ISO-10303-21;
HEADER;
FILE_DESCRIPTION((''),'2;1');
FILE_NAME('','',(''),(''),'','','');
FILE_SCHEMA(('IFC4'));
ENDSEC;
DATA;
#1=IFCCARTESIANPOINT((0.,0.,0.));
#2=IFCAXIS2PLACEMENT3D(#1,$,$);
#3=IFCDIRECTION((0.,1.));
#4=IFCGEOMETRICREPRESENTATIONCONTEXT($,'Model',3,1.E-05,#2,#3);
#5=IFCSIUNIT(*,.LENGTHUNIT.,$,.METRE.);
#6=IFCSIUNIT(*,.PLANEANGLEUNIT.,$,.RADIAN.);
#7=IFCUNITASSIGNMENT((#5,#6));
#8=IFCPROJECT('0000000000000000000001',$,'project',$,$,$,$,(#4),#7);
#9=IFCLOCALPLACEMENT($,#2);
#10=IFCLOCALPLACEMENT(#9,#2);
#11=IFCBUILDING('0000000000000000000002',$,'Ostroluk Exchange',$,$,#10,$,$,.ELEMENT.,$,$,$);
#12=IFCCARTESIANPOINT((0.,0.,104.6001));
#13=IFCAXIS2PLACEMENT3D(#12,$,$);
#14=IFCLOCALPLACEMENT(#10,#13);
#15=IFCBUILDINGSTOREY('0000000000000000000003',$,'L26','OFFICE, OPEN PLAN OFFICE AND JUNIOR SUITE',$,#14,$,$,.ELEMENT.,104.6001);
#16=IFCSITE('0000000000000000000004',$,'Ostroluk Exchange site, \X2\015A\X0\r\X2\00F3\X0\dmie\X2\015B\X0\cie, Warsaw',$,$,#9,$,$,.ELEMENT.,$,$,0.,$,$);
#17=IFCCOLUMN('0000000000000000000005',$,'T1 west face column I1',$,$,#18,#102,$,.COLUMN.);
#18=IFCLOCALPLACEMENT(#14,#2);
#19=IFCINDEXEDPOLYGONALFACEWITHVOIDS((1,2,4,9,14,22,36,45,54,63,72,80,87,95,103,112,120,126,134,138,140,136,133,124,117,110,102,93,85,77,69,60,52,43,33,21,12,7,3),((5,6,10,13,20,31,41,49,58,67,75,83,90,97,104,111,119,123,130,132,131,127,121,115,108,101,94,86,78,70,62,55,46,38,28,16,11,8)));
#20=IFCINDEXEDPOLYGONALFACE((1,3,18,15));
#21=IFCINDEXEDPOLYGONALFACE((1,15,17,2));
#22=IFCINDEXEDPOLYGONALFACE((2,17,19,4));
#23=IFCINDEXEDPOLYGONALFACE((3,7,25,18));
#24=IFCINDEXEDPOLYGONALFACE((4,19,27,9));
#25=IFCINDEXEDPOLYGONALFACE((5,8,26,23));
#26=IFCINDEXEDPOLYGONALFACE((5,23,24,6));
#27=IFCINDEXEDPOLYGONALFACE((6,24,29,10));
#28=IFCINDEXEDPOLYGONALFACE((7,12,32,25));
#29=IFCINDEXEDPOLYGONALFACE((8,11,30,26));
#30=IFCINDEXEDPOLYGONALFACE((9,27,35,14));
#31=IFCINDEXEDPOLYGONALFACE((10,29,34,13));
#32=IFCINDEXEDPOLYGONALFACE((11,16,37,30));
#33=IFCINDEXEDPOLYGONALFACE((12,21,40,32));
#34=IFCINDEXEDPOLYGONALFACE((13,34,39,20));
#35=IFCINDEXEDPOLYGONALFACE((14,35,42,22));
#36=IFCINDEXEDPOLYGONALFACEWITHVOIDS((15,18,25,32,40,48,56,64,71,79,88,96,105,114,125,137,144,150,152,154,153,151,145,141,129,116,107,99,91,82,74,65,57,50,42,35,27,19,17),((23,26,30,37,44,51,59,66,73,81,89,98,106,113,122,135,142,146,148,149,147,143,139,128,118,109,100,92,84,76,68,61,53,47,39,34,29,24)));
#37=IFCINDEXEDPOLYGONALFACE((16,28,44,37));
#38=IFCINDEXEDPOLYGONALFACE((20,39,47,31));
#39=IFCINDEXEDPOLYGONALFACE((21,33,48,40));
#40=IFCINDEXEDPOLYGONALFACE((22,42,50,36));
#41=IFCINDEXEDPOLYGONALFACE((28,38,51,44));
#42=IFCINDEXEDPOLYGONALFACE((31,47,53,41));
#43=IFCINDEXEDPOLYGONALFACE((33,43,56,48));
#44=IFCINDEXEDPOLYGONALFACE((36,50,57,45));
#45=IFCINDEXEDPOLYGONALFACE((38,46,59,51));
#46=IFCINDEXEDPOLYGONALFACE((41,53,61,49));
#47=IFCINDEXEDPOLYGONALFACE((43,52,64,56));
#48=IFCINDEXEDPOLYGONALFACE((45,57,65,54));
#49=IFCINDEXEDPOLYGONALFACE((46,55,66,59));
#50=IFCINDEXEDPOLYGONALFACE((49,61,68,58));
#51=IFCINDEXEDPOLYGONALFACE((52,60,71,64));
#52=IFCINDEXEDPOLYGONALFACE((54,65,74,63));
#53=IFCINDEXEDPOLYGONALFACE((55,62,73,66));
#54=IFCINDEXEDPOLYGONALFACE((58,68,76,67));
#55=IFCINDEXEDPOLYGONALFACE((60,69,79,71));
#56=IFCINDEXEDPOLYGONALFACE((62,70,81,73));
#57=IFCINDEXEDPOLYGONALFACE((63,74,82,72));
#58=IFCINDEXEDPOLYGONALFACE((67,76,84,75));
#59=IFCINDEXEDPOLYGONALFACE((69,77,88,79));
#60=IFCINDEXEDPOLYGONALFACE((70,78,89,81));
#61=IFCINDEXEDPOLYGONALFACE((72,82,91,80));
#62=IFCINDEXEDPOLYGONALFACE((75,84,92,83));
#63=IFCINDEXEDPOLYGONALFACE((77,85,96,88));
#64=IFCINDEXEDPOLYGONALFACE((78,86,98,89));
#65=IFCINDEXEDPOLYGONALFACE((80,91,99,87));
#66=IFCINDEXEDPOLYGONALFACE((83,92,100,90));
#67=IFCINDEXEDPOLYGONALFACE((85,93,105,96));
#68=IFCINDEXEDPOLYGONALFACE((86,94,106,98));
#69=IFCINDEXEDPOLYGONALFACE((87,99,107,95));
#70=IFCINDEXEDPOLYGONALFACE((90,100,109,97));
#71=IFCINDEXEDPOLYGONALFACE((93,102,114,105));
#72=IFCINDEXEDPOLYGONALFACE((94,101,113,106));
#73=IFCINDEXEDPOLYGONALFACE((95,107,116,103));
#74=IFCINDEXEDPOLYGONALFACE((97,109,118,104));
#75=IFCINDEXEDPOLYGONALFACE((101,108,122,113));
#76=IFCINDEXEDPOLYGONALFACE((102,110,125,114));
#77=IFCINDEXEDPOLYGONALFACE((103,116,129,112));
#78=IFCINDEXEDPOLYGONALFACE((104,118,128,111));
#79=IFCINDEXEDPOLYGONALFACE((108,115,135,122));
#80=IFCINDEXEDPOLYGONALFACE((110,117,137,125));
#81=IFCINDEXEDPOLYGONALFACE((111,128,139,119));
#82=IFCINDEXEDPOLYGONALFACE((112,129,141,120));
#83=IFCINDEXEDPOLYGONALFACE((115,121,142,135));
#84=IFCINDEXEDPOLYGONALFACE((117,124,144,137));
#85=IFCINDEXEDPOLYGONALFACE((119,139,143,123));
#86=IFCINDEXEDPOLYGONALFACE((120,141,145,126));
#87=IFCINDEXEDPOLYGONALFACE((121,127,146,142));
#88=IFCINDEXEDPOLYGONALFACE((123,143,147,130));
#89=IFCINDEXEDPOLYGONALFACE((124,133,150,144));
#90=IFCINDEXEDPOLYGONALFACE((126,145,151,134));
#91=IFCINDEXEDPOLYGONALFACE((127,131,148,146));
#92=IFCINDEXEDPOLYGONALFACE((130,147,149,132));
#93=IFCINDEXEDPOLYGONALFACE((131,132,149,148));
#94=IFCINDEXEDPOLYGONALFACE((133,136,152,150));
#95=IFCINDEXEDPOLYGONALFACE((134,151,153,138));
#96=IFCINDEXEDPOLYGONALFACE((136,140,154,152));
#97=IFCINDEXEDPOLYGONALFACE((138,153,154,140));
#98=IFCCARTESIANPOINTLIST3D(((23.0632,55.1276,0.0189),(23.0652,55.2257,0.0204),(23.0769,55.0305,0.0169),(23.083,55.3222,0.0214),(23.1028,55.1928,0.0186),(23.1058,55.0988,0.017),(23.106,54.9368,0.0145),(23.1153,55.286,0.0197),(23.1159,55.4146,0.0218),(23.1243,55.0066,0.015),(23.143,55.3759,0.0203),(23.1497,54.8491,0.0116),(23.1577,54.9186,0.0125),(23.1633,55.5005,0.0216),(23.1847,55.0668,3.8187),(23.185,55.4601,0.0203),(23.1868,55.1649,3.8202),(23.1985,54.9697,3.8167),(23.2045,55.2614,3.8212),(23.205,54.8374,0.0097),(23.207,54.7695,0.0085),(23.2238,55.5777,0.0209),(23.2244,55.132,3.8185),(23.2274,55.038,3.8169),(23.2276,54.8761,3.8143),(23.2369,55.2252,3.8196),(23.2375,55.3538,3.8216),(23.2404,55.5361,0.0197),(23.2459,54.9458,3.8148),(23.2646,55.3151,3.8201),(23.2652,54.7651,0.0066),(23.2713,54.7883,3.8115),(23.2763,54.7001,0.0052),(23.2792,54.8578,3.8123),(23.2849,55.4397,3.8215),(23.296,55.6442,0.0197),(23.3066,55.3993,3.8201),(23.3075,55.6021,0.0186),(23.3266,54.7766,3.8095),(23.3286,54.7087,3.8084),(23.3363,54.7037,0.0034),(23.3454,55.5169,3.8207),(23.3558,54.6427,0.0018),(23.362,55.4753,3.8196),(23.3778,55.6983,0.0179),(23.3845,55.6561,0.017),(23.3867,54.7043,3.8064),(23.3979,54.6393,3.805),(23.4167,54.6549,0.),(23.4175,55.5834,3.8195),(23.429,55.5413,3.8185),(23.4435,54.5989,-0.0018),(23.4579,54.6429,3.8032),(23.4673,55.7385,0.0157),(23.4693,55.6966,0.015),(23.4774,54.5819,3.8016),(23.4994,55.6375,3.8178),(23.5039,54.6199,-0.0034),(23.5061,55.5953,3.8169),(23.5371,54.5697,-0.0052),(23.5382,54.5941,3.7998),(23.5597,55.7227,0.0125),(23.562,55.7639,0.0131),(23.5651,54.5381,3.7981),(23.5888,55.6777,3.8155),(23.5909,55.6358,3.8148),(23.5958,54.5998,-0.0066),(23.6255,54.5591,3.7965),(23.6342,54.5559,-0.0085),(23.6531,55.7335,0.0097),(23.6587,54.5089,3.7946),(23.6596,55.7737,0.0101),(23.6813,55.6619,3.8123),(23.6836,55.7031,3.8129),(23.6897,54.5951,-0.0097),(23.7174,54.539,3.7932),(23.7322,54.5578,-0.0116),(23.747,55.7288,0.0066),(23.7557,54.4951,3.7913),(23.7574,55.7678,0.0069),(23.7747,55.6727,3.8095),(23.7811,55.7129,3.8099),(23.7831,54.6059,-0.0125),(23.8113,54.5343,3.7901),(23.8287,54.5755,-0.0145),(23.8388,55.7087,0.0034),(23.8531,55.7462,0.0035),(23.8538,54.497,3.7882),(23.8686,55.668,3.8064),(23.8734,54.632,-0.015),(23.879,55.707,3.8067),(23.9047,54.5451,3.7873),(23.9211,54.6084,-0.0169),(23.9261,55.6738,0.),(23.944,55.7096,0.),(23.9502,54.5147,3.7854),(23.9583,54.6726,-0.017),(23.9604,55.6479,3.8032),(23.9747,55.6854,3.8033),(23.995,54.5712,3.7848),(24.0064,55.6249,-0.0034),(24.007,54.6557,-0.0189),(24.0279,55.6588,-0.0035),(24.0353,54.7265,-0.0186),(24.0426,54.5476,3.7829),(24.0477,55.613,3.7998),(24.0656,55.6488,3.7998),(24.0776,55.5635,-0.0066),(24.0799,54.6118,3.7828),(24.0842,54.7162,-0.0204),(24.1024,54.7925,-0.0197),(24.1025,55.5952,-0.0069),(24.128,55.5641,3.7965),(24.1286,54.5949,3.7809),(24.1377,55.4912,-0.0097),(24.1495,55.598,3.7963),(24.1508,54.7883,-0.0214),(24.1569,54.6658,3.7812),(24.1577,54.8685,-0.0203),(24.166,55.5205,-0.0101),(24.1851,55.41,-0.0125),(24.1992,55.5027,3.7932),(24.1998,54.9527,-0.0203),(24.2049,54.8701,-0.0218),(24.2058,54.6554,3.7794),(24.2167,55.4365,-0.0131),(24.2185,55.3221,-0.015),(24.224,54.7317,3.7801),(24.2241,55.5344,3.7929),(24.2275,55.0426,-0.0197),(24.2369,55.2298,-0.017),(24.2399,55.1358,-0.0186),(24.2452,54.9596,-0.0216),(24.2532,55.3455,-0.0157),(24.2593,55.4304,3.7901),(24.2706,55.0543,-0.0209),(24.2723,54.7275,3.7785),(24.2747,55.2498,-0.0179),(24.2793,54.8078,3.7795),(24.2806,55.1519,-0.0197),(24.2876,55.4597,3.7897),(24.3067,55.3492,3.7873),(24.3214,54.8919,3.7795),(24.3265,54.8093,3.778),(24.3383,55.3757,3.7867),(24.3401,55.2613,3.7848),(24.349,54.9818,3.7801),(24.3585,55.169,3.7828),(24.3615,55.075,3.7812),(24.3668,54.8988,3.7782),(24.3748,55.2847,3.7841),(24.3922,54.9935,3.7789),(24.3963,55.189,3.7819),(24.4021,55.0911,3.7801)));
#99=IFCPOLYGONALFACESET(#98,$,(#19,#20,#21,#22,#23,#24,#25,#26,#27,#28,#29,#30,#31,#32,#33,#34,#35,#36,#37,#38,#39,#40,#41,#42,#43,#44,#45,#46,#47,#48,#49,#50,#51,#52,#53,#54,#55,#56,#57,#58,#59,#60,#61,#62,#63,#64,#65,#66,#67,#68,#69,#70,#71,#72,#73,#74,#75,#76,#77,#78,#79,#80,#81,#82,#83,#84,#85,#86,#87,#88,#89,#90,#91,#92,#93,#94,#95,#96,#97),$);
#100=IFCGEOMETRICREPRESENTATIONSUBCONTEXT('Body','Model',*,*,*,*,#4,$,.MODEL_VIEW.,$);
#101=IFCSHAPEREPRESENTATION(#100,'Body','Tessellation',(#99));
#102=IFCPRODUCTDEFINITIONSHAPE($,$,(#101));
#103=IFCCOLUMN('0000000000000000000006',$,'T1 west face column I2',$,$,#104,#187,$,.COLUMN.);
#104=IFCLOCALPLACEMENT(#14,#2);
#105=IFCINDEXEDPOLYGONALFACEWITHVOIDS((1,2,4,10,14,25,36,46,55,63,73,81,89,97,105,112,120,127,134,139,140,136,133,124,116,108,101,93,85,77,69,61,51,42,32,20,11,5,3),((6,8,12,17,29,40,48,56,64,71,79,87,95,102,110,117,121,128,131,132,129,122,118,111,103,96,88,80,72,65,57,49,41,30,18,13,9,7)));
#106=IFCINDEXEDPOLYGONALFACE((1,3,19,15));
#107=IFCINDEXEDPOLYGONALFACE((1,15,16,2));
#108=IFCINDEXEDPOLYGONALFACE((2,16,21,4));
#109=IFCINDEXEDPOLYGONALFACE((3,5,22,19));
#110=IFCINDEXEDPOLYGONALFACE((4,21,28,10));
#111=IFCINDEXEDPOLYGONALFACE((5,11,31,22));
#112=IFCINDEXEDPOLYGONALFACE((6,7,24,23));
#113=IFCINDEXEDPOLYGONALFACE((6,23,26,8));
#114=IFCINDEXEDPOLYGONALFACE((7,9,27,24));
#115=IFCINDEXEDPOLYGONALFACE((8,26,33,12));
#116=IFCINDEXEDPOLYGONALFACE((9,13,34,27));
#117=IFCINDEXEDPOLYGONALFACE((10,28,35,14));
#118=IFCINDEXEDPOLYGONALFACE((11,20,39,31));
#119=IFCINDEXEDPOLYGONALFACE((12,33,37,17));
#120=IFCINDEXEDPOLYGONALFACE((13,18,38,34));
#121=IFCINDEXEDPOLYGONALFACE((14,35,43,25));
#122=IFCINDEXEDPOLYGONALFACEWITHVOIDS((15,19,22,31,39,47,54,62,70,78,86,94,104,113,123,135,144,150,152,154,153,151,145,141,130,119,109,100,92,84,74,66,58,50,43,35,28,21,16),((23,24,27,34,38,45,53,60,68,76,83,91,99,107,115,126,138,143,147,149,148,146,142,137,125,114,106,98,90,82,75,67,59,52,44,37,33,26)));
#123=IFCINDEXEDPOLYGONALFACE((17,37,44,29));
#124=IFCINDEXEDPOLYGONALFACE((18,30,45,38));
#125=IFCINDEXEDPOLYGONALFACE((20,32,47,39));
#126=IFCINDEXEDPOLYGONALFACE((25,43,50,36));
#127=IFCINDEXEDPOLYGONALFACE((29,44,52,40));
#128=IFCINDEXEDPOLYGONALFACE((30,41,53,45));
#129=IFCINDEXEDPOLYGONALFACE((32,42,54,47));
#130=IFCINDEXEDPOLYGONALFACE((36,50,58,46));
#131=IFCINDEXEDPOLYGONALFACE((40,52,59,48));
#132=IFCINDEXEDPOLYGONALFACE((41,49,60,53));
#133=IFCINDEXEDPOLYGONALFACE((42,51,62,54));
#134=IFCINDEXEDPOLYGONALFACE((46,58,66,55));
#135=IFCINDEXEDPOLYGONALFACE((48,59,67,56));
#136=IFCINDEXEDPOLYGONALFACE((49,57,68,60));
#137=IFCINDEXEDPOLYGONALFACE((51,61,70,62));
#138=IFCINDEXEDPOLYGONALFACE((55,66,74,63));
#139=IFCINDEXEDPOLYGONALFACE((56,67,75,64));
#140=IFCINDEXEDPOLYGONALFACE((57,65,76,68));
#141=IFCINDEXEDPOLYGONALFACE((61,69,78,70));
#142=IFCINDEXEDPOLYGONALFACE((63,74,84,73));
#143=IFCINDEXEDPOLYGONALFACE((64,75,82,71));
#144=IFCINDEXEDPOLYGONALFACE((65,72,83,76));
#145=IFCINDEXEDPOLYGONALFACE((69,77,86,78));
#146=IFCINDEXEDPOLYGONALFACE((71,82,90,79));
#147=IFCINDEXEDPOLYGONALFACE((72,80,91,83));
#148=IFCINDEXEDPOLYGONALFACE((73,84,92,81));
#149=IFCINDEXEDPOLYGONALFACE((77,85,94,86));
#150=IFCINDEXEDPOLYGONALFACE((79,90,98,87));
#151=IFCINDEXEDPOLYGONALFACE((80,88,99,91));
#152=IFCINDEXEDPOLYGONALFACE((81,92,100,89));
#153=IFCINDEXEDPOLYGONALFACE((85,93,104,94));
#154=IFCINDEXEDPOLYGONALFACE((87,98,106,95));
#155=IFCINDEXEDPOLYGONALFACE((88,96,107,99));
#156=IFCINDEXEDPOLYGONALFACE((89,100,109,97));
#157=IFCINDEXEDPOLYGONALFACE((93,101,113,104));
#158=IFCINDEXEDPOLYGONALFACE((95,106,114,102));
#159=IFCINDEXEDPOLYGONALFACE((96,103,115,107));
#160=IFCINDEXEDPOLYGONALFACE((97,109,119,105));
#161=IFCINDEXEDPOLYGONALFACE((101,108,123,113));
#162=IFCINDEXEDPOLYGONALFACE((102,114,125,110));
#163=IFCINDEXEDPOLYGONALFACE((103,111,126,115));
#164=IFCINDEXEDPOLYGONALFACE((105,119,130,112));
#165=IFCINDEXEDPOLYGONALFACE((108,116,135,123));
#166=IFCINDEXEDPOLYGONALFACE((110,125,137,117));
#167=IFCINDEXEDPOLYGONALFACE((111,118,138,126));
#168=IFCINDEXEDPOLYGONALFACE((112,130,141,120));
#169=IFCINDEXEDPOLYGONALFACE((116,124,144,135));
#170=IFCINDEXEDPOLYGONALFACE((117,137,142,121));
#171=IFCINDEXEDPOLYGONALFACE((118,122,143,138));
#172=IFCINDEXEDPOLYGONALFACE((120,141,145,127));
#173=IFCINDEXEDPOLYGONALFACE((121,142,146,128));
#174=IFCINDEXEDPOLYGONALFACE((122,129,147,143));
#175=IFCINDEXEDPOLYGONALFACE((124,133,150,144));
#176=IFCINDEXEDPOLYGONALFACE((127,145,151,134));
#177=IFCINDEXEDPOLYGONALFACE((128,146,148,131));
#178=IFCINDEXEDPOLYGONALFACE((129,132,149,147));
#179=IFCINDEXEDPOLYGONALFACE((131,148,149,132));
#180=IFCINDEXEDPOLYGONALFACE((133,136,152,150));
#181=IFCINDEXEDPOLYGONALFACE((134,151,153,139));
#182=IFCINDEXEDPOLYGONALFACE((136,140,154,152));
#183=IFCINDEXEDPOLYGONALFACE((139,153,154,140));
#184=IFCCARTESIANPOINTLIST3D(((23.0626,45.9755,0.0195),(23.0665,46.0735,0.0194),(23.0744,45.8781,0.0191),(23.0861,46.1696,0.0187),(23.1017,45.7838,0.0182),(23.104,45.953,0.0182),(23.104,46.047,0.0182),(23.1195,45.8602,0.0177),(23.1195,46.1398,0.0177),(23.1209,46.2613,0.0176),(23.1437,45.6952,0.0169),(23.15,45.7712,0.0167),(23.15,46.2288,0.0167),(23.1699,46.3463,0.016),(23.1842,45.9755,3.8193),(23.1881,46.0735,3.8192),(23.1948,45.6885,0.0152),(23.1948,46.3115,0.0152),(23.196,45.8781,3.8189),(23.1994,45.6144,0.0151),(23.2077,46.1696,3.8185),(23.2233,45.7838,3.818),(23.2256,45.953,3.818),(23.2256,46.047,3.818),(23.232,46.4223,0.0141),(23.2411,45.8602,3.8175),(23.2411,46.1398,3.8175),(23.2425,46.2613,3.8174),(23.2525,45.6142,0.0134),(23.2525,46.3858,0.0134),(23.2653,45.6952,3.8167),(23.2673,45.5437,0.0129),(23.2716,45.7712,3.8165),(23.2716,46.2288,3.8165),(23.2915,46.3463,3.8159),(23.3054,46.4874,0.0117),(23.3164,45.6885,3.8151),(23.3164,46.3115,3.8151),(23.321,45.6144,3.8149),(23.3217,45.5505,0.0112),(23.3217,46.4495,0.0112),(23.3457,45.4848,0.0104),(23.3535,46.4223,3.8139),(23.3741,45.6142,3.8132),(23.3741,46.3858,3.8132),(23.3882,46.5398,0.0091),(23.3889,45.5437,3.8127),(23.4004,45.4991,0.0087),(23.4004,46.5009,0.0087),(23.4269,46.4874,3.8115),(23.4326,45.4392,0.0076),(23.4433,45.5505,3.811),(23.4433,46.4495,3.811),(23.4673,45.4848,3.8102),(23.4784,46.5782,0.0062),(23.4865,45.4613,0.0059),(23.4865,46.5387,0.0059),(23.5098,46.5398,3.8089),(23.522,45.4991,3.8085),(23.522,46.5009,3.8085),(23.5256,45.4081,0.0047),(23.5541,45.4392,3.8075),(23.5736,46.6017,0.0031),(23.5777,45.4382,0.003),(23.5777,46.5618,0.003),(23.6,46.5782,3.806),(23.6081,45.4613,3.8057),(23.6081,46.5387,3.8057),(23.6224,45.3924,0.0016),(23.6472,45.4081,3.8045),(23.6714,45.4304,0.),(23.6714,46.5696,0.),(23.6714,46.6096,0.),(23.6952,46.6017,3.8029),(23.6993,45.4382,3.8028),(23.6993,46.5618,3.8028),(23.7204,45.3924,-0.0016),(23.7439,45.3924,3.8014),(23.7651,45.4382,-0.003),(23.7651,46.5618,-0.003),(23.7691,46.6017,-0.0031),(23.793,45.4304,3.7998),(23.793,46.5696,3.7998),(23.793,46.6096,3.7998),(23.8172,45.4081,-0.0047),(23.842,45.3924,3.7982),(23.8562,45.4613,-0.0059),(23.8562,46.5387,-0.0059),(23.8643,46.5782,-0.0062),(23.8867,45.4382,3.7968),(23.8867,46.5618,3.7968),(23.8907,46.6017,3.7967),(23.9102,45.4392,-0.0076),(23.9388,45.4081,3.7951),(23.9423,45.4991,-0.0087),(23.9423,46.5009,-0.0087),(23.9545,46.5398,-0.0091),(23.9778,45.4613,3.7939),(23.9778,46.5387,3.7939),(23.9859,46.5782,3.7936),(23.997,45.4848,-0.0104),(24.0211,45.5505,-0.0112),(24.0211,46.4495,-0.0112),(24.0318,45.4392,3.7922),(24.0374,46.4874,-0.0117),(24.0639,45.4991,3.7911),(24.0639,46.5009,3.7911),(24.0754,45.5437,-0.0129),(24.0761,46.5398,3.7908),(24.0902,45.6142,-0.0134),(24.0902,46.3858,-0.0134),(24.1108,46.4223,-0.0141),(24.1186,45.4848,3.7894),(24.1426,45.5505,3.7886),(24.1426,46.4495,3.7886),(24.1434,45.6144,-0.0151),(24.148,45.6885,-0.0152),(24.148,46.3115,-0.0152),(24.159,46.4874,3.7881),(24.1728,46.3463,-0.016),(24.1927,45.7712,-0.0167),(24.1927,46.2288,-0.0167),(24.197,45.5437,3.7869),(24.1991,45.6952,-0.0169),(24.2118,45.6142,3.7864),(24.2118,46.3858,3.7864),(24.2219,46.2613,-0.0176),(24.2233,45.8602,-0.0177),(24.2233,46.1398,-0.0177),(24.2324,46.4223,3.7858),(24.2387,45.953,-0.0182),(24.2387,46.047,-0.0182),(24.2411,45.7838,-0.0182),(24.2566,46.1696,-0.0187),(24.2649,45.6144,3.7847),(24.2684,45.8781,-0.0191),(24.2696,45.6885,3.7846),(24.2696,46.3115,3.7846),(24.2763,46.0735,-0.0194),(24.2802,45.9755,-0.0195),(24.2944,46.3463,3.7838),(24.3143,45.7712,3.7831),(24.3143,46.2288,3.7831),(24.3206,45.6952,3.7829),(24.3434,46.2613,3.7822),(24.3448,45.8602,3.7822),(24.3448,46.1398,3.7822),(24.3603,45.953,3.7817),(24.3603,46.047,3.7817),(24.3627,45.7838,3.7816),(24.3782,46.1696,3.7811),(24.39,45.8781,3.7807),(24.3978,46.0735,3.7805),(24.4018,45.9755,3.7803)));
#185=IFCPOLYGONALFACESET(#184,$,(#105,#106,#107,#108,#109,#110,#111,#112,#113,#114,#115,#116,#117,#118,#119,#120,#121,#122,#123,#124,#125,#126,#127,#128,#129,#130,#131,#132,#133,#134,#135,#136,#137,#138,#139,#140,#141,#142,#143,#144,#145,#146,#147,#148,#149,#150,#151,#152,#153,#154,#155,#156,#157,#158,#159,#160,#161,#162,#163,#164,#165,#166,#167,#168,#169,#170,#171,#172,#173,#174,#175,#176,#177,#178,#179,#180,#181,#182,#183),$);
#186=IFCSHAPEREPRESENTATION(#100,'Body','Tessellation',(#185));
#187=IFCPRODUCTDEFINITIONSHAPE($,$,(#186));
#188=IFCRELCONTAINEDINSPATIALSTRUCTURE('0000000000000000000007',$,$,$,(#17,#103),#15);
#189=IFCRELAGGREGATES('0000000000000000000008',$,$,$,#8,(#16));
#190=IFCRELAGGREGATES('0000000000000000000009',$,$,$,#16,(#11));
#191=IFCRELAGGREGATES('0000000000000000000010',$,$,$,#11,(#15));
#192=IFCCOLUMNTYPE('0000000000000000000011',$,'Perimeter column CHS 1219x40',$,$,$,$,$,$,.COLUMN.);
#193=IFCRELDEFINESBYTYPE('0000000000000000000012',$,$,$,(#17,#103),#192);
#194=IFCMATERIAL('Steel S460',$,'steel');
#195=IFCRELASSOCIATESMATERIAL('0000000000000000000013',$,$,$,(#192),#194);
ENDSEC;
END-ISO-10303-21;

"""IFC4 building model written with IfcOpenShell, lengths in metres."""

from ifc_helpers import new_model, si_unit, direction, frame, origin, origin_2d, place, context, subcontext, project, spatial, hollow_circle, extrude, material, material_profile, profile_set, type_object, element, save


model = new_model("IFC4")

# Units and contexts
model_context = context("Model", 3, precision=1e-05, world=origin(), true_north=direction((0.0, 1.0)))
body_context = subcontext(model_context, "Body", "Model", "MODEL_VIEW")
ifc_project = project(units=[si_unit("LENGTHUNIT", "METRE"), si_unit("PLANEANGLEUNIT", "RADIAN")], contexts=[model_context])

# Site, building, storey
site_placement = place(None, origin())
site = spatial("IfcSite", under=ifc_project, at=site_placement, Name="Ostroluk Exchange site, Śródmieście, Warsaw", CompositionType="ELEMENT", RefElevation=0.0)
building_placement = place(site_placement, origin())
building = spatial("IfcBuilding", under=site, at=building_placement, Name="Ostroluk Exchange", CompositionType="ELEMENT")
storey_placement = place(building_placement, frame((0.0, 0.0, 104.6001)))
storey = spatial("IfcBuildingStorey", under=building, at=storey_placement, Name="L26", Description="OFFICE, OPEN PLAN OFFICE AND JUNIOR SUITE", CompositionType="ELEMENT", Elevation=104.6001)

# Columns
ifc_material_1 = material(Name="Steel S460", Category="steel")
ifc_material_profile_1 = material_profile(ifc_material_1, hollow_circle(Radius=0.6096, WallThickness=0.04, at=origin_2d()), Name="CHS 1219x40")
ifc_profile_set_1 = profile_set([ifc_material_profile_1], Name="Steel S460")
column_type = type_object("IfcColumnType", Name="Perimeter column CHS 1219x40", PredefinedType="COLUMN", material=ifc_profile_set_1)
column_1_placement = place(storey_placement, frame((23.6714, 55.1643, 0.0), z_axis=(0.031976, -0.015988, 0.999361), x_axis=(0.447214, 0.894427, 0.0)))
element("IfcColumn", 1, at=column_1_placement, inside=storey, type_object=column_type, Name="T1 west face column I1", PredefinedType="COLUMN", context=body_context, shape_type="SweptSolid", body=[
    extrude(hollow_circle(Radius=0.6096, WallThickness=0.04, at=origin_2d()), origin(), (0.0, 0.0, 1.0), 3.8022),
])
column_2_placement = place(storey_placement, frame((23.6714, 46.0, 0.0), z_axis=(0.031981, 0.0, 0.999488), x_axis=(0.0, 1.0, 0.0)))
element("IfcColumn", 2, at=column_2_placement, inside=storey, type_object=column_type, Name="T1 west face column I2", PredefinedType="COLUMN", context=body_context, shape_type="SweptSolid", body=[
    extrude(hollow_circle(Radius=0.6096, WallThickness=0.04, at=origin_2d()), origin(), (0.0, 0.0, 1.0), 3.8018),
])

save(model, "model.ifc")
